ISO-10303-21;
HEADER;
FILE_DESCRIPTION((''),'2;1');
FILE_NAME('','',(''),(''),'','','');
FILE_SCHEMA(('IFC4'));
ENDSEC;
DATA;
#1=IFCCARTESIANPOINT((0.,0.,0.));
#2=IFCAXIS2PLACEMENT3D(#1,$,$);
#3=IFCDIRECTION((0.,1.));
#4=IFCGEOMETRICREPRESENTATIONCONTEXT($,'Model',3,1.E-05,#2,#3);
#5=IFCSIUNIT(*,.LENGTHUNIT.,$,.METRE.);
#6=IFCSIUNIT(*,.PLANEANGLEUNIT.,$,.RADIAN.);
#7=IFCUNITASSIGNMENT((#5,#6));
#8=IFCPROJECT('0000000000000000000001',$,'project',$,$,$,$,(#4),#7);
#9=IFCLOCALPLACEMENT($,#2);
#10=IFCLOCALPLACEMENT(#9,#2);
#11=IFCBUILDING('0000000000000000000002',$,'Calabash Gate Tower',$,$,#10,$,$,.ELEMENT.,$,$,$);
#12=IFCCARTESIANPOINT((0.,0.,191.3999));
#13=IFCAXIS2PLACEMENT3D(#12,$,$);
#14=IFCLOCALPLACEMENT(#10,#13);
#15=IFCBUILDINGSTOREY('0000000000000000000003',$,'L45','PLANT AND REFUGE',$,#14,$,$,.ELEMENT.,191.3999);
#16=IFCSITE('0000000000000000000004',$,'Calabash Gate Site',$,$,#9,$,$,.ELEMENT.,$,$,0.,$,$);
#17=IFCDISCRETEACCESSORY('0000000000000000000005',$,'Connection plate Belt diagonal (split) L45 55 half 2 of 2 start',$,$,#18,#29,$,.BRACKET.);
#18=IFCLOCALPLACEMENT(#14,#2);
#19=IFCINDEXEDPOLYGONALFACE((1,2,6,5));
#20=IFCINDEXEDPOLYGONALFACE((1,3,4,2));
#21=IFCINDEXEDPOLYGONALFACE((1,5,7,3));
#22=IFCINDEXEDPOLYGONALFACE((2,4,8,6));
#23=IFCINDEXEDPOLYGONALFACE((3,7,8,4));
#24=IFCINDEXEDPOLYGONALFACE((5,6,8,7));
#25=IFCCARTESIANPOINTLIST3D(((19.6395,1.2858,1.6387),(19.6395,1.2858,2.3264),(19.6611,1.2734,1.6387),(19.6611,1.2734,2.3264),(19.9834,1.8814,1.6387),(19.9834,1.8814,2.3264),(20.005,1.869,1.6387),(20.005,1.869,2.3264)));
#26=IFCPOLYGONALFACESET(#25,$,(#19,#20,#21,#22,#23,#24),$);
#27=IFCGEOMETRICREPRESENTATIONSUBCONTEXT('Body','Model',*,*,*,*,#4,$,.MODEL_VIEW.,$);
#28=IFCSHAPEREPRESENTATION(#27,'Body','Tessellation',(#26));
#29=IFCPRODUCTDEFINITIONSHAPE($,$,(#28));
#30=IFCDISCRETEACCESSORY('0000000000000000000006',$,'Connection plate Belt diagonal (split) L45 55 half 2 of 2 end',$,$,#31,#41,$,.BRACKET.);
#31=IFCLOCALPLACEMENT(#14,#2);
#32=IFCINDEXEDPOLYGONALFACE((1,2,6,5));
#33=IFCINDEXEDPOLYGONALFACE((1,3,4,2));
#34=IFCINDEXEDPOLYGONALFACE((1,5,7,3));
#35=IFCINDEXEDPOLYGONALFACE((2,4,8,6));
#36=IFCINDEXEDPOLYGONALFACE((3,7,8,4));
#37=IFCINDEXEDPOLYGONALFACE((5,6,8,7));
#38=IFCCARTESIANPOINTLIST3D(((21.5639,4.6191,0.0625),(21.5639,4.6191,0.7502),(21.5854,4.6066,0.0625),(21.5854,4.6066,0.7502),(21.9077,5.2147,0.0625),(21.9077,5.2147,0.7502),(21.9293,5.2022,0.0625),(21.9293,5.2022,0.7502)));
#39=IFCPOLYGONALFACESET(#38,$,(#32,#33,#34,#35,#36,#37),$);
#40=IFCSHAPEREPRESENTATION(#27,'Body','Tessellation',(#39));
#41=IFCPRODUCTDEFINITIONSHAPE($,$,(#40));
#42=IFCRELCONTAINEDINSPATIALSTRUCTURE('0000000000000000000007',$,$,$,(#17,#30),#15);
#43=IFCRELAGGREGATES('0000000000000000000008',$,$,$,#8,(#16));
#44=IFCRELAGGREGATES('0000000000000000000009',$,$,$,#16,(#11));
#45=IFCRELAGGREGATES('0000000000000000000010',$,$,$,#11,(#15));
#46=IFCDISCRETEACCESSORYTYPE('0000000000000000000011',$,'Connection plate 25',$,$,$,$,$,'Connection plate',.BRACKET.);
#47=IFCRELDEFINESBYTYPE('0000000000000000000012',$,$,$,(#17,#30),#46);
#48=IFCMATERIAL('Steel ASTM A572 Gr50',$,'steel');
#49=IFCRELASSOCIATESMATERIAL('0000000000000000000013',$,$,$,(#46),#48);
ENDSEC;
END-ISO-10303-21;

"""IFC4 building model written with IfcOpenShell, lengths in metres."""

from ifc_helpers import new_model, si_unit, direction, frame, origin, origin_2d, place, context, subcontext, project, spatial, rectangle, extrude, material, type_object, element, save


model = new_model("IFC4")

# Units and contexts
model_context = context("Model", 3, precision=1e-05, world=origin(), true_north=direction((0.0, 1.0)))
body_context = subcontext(model_context, "Body", "Model", "MODEL_VIEW")
ifc_project = project(units=[si_unit("LENGTHUNIT", "METRE"), si_unit("PLANEANGLEUNIT", "RADIAN")], contexts=[model_context])

# Site, building, storey
site_placement = place(None, origin())
site = spatial("IfcSite", under=ifc_project, at=site_placement, Name="Calabash Gate Site", CompositionType="ELEMENT", RefElevation=0.0)
building_placement = place(site_placement, origin())
building = spatial("IfcBuilding", under=site, at=building_placement, Name="Calabash Gate Tower", CompositionType="ELEMENT")
storey_placement = place(building_placement, frame((0.0, 0.0, 191.3999)))
storey = spatial("IfcBuildingStorey", under=building, at=storey_placement, Name="L45", Description="PLANT AND REFUGE", CompositionType="ELEMENT", Elevation=191.3999)

# Discrete accessories
ifc_material_1 = material(Name="Steel ASTM A572 Gr50", Category="steel")
discrete_accessory_type = type_object("IfcDiscreteAccessoryType", Name="Connection plate 25", ElementType="Connection plate", PredefinedType="BRACKET", material=ifc_material_1)
for number, where, z_axis, x_axis, name in (
    (1, (19.8223, 1.5774, 1.6387), (0.0, 0.0, 1.0), (0.5, 0.866025, 0.0), "Connection plate Belt diagonal (split) L45 55 half 2 of 2 start"),
    (2, (21.7466, 4.9106, 0.0625), (0.0, 0.0, 1.0), (0.5, 0.866025, 0.0), "Connection plate Belt diagonal (split) L45 55 half 2 of 2 end"),
):
    element("IfcDiscreteAccessory", number, at=place(storey_placement, frame(where, z_axis=z_axis, x_axis=x_axis)), inside=storey, type_object=discrete_accessory_type, Name=name, PredefinedType="BRACKET", context=body_context, shape_type="SweptSolid", body=[
        extrude(rectangle(XDim=0.6877, YDim=0.0249, at=origin_2d()), origin(), (0.0, 0.0, 1.0), 0.6877),
    ])

save(model, "model.ifc")
